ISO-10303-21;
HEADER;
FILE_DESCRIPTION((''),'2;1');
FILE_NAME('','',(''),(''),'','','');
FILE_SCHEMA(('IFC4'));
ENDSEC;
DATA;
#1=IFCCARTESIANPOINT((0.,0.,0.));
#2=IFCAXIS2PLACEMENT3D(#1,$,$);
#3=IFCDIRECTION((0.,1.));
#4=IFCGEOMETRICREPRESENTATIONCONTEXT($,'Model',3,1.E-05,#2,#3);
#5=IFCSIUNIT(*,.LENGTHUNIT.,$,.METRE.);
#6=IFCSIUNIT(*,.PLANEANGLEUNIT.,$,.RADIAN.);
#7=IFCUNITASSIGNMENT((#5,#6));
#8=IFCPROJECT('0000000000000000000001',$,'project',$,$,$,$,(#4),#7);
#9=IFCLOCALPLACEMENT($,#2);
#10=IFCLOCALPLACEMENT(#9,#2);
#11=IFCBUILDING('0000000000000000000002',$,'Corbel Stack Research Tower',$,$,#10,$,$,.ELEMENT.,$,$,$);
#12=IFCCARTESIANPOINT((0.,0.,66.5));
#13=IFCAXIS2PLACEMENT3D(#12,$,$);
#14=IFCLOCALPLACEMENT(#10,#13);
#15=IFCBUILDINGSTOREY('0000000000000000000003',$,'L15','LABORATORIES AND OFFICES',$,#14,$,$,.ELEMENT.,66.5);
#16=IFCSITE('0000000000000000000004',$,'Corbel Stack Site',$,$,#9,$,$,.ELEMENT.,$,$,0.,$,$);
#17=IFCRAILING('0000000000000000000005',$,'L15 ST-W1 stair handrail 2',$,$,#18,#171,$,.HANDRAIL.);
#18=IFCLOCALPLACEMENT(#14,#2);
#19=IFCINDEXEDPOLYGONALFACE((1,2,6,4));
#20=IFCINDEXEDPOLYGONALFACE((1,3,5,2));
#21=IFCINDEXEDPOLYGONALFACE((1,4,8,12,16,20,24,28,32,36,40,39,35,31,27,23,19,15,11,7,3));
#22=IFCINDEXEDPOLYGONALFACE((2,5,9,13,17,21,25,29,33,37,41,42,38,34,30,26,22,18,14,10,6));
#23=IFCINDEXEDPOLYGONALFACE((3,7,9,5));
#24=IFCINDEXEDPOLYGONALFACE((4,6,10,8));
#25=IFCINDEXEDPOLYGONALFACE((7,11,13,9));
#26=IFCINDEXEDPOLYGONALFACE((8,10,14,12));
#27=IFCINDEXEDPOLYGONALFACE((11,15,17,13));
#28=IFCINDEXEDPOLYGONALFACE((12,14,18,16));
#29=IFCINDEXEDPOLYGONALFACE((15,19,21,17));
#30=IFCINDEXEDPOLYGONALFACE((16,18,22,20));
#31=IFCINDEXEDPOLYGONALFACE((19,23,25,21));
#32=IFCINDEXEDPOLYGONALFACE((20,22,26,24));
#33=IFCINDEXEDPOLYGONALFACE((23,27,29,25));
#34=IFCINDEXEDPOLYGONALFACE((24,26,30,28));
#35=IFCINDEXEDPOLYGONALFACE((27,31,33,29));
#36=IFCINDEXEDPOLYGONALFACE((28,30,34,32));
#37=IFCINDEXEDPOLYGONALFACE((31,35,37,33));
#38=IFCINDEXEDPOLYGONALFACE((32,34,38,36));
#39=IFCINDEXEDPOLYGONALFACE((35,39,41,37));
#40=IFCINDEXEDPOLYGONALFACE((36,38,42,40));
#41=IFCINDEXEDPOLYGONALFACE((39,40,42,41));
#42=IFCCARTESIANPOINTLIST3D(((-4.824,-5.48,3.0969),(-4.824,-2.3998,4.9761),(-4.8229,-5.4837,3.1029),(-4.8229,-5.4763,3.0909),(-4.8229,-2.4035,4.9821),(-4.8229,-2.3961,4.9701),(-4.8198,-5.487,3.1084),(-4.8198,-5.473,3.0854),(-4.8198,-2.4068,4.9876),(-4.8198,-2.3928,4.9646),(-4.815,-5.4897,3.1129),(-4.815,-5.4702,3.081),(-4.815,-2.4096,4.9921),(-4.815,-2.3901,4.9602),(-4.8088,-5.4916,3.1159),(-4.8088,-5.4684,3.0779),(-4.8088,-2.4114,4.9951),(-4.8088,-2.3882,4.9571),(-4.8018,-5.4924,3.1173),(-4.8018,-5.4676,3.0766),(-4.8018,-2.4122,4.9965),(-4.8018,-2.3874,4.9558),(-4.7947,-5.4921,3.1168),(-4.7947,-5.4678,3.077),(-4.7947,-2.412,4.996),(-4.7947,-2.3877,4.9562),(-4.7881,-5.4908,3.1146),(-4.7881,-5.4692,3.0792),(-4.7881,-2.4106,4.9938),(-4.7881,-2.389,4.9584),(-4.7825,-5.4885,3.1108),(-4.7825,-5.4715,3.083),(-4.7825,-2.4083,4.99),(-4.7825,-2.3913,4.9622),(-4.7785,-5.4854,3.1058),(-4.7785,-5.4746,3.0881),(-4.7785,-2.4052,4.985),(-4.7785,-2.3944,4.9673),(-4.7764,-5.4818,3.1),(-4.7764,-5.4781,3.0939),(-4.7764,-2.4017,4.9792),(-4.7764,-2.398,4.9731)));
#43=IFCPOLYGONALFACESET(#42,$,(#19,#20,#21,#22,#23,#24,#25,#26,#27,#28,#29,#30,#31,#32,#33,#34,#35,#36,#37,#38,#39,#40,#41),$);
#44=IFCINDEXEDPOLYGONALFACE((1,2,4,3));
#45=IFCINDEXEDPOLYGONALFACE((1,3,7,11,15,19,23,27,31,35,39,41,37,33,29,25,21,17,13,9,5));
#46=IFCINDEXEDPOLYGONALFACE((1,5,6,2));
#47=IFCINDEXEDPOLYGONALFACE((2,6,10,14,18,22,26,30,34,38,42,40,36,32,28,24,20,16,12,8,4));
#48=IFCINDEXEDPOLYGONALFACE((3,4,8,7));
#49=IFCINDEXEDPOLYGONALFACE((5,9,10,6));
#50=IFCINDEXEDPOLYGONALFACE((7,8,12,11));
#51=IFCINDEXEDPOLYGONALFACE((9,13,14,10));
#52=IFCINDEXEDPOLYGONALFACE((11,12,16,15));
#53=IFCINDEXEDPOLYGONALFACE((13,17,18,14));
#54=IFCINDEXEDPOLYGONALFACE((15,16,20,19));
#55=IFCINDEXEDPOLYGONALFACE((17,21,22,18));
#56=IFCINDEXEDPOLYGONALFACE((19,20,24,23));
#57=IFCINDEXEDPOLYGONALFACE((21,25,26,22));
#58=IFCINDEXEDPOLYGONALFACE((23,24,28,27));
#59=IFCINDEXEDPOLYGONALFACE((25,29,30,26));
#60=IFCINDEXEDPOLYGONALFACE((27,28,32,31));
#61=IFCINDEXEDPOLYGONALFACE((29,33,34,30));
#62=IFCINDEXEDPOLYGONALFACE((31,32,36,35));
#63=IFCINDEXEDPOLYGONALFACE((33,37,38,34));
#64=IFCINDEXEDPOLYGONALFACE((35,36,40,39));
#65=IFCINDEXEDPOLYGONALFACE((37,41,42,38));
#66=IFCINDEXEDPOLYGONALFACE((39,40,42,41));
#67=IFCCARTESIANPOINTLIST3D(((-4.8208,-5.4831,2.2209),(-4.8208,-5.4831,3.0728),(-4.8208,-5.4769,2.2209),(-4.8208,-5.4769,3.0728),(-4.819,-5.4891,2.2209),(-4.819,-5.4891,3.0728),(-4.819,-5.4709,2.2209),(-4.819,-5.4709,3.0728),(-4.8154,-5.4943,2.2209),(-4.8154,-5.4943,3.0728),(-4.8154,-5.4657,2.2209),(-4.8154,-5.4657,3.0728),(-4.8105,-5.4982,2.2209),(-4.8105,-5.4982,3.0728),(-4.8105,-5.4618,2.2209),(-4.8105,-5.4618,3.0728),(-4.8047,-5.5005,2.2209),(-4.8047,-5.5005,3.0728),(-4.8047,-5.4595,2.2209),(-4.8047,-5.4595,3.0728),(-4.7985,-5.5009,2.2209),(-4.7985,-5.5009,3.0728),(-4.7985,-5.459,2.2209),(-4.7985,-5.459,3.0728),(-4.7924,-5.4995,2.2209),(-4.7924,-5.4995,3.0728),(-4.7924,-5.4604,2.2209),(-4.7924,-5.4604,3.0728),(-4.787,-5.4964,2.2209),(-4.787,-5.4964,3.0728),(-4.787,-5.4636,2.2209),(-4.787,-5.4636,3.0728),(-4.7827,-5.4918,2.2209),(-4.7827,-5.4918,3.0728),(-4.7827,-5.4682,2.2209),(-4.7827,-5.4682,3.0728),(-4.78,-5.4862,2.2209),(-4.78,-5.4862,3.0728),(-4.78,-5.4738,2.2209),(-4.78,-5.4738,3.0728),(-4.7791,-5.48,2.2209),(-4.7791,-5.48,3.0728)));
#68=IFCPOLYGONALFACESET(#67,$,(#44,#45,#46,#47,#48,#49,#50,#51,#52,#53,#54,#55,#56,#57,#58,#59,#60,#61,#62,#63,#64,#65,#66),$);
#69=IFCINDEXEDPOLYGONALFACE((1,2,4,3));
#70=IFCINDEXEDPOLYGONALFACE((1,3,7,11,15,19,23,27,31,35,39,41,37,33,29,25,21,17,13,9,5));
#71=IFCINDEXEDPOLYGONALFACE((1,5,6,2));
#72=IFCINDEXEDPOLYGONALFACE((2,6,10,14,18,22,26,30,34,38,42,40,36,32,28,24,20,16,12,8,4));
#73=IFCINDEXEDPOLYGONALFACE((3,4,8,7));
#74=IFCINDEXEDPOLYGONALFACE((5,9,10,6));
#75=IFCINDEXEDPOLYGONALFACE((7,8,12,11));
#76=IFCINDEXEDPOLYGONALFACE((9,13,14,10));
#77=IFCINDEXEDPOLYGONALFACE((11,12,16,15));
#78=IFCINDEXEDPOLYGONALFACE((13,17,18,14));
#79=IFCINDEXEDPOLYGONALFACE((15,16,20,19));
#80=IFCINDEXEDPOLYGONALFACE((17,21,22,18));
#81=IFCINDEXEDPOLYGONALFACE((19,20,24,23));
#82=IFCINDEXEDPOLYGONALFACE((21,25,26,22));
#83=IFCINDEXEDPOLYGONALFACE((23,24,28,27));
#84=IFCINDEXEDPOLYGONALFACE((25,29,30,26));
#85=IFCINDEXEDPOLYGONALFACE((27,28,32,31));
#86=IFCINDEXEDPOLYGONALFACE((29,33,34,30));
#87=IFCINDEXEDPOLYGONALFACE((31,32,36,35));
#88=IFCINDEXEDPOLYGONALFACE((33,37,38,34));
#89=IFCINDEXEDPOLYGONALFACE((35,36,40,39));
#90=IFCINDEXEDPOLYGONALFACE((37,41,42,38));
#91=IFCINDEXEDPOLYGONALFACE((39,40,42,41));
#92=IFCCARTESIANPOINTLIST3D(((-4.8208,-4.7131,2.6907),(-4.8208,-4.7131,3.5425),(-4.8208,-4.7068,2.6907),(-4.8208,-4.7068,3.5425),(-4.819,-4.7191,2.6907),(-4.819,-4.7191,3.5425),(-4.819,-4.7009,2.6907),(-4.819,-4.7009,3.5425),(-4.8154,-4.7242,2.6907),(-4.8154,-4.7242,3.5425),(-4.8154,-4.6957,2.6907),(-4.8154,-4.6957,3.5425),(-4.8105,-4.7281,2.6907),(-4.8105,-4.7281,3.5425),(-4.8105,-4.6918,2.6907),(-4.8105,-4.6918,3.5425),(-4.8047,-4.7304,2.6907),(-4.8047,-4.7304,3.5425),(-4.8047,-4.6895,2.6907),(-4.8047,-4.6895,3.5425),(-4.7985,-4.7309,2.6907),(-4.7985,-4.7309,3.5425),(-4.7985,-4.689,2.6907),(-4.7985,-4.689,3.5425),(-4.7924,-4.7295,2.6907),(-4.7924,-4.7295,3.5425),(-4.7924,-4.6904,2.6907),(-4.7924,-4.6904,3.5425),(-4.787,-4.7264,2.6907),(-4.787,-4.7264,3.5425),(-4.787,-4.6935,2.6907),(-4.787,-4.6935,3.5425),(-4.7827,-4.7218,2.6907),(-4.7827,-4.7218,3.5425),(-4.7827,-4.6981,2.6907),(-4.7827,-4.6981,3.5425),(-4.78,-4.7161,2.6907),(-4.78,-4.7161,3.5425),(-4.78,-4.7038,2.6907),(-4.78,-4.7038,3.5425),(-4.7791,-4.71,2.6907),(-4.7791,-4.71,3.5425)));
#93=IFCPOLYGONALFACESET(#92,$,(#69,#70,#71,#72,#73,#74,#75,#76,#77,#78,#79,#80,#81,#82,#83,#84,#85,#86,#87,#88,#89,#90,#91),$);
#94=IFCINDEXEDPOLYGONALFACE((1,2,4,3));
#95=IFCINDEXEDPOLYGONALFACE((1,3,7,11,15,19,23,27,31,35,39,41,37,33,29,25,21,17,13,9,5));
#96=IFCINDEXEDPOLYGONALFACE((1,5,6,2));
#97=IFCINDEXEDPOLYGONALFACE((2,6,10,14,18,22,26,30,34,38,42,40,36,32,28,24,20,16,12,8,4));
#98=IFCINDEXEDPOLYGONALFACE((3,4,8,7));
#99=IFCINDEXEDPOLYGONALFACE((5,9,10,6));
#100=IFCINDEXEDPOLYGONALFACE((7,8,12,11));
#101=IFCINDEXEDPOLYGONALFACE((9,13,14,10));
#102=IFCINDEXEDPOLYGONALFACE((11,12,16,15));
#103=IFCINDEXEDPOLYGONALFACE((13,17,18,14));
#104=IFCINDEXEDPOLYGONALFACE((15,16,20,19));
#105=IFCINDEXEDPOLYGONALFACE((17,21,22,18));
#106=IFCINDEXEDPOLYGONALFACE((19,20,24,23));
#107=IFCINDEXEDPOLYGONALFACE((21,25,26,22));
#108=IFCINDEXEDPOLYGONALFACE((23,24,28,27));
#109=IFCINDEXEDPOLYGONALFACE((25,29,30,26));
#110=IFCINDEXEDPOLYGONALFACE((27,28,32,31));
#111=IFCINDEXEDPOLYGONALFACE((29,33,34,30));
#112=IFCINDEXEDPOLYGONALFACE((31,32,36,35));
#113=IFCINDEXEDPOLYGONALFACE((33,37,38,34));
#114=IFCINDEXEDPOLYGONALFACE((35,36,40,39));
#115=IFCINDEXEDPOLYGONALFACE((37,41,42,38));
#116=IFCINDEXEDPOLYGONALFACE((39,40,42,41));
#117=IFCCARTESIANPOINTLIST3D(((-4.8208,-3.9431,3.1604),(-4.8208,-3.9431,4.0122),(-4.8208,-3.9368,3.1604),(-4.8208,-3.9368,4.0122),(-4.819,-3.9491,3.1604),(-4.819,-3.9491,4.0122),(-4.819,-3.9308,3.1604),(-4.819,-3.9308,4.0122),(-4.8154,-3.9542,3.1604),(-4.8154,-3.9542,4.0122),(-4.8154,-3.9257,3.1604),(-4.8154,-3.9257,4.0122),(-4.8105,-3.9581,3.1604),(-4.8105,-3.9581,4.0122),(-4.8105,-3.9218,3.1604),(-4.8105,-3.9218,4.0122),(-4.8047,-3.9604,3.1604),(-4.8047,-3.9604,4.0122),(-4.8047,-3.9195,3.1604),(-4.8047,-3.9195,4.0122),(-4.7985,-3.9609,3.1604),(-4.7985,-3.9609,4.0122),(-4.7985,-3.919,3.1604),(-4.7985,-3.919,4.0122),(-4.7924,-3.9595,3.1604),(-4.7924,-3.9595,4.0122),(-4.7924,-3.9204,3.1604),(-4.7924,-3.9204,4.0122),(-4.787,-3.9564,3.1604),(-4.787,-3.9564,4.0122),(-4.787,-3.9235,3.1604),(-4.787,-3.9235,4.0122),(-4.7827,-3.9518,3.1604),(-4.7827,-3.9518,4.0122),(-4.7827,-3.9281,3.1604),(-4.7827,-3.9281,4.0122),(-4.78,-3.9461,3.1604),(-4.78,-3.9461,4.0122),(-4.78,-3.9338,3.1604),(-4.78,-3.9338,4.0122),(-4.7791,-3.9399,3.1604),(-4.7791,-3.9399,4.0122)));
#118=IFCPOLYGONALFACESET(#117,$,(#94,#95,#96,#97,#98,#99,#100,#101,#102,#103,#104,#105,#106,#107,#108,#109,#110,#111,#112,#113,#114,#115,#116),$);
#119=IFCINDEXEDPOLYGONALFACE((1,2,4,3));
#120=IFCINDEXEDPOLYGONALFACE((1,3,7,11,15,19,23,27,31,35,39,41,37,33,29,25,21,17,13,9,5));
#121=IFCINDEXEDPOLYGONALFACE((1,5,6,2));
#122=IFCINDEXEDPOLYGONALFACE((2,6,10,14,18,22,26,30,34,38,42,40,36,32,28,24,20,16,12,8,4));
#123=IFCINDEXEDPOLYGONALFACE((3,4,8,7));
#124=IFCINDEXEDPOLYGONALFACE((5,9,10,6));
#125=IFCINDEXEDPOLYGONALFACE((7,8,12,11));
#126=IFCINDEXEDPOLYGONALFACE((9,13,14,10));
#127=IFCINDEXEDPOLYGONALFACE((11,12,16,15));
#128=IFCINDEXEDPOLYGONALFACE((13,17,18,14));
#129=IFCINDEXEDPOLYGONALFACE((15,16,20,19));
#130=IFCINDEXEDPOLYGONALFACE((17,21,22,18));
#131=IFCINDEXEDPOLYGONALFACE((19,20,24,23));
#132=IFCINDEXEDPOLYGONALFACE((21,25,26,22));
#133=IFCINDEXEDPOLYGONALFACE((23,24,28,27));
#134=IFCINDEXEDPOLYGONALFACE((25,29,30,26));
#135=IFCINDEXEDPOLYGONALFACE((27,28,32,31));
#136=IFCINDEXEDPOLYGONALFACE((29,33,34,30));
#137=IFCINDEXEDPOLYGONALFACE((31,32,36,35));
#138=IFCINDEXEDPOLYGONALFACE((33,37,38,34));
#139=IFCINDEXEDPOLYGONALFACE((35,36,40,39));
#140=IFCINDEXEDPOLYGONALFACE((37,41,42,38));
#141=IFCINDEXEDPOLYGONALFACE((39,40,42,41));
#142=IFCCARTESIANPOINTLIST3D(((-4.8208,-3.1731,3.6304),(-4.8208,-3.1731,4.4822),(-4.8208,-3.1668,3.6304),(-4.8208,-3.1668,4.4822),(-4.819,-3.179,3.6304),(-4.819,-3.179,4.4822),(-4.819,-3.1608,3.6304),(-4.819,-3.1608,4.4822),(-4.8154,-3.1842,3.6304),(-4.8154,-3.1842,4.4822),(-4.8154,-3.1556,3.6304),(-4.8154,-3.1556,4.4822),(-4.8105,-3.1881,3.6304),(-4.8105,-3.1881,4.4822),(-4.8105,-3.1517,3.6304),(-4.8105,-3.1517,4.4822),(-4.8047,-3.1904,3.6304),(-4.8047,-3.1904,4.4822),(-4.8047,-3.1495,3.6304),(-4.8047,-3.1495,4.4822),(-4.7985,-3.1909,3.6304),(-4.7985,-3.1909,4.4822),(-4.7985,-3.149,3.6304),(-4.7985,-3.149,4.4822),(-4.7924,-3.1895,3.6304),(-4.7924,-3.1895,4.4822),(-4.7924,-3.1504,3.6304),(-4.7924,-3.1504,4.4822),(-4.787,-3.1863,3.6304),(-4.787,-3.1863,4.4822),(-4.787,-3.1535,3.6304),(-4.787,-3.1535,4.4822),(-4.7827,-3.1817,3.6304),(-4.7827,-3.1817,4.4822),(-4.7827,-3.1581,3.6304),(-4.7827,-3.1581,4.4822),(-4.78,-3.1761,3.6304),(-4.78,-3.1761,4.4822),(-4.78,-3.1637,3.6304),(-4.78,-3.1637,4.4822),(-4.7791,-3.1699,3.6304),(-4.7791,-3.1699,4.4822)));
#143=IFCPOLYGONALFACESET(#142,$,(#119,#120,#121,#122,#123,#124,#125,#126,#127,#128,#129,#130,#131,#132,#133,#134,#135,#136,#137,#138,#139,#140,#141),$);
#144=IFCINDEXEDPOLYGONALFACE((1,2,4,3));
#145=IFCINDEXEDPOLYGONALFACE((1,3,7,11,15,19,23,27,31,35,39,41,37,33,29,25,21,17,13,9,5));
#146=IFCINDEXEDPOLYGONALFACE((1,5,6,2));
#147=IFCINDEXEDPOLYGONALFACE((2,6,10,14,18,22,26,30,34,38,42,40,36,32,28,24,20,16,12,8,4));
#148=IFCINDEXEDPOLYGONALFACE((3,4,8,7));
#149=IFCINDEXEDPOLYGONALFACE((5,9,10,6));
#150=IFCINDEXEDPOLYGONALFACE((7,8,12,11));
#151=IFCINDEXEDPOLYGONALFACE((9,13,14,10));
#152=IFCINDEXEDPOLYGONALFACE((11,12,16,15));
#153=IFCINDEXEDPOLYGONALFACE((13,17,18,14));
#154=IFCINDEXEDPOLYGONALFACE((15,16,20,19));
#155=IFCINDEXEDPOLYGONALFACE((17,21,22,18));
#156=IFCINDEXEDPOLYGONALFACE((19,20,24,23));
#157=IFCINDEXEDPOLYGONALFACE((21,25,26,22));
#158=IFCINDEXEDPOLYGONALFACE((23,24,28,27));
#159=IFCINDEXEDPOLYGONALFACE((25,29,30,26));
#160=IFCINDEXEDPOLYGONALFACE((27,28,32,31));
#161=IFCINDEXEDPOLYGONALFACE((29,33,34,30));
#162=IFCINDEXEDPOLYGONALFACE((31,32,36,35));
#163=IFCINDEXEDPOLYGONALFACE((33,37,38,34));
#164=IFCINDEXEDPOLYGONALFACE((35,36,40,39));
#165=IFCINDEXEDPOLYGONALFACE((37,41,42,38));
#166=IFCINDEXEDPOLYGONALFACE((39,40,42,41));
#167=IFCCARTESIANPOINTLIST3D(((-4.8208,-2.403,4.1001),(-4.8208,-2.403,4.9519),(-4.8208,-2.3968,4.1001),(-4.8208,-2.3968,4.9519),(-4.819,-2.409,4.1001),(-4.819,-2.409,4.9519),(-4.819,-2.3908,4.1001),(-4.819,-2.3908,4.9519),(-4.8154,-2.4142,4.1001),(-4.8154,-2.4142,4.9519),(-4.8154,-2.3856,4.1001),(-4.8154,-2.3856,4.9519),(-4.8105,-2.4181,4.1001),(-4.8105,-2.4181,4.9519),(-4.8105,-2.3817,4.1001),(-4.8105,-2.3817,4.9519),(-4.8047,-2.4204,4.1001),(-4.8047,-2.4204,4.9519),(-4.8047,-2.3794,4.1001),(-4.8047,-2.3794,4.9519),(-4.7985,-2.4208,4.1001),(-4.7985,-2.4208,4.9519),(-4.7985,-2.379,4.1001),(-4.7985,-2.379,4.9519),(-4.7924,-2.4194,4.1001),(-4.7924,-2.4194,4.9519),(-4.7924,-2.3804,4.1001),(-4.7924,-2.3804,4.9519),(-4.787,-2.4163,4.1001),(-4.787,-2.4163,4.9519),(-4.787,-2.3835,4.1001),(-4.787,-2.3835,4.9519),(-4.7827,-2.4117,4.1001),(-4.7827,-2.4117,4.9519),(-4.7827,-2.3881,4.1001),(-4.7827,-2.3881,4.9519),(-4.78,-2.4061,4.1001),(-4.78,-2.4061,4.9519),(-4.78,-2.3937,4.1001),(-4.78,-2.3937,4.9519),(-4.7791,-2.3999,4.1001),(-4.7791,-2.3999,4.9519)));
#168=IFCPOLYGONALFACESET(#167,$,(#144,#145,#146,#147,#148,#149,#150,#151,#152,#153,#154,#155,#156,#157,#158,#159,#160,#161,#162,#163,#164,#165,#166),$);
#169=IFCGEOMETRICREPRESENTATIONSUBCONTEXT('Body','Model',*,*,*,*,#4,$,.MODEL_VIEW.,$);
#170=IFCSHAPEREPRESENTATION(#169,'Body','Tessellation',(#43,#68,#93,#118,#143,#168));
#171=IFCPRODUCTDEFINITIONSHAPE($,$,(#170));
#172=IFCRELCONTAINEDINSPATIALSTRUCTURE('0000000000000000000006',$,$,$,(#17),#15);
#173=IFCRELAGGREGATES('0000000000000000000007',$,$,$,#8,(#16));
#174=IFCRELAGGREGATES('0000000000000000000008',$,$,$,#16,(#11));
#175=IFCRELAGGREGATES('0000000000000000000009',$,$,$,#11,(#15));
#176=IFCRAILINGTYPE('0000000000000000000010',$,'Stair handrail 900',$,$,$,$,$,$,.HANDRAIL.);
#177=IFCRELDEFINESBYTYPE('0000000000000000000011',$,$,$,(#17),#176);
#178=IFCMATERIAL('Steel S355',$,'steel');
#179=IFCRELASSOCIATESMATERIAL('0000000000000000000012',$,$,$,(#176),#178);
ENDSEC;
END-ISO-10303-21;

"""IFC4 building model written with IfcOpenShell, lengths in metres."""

from ifc_helpers import new_model, si_unit, direction, frame, origin, origin_2d, place, context, subcontext, project, spatial, circle, extrude, material, type_object, element, save


model = new_model("IFC4")

# Units and contexts
model_context = context("Model", 3, precision=1e-05, world=origin(), true_north=direction((0.0, 1.0)))
body_context = subcontext(model_context, "Body", "Model", "MODEL_VIEW")
ifc_project = project(units=[si_unit("LENGTHUNIT", "METRE"), si_unit("PLANEANGLEUNIT", "RADIAN")], contexts=[model_context])

# Site, building, storey
site_placement = place(None, origin())
site = spatial("IfcSite", under=ifc_project, at=site_placement, Name="Corbel Stack Site", CompositionType="ELEMENT", RefElevation=0.0)
building_placement = place(site_placement, origin())
building = spatial("IfcBuilding", under=site, at=building_placement, Name="Corbel Stack Research Tower", CompositionType="ELEMENT")
storey_placement = place(building_placement, frame((0.0, 0.0, 66.5)))
storey = spatial("IfcBuildingStorey", under=building, at=storey_placement, Name="L15", Description="LABORATORIES AND OFFICES", CompositionType="ELEMENT", Elevation=66.5)

# Railing
ifc_material_1 = material(Name="Steel S355", Category="steel")
railing_type_1 = type_object("IfcRailingType", Name="Stair handrail 900", PredefinedType="HANDRAIL", material=ifc_material_1)
railing_1_placement = place(storey_placement, frame((-4.8, -5.48, 2.2209)))
element("IfcRailing", 1, at=railing_1_placement, inside=storey, type_object=railing_type_1, Name="L15 ST-W1 stair handrail 2", PredefinedType="HANDRAIL", context=body_context, shape_type="SweptSolid", body=[
    extrude(circle(Radius=0.0239, at=origin_2d()), frame((0.0, 0.0, 0.876), z_axis=(0.0, 0.853666, 0.52082), x_axis=(-1.0, 0.0, 0.0)), (0.0, 0.0, 1.0), 3.6082),
    extrude(circle(Radius=0.021, at=origin_2d()), origin(), (0.0, 0.0, 1.0), 0.8518),
    extrude(circle(Radius=0.021, at=origin_2d()), frame((0.0, 0.77, 0.4697)), (0.0, 0.0, 1.0), 0.8518),
    extrude(circle(Radius=0.021, at=origin_2d()), frame((0.0, 1.54, 0.9395)), (0.0, 0.0, 1.0), 0.8518),
    extrude(circle(Radius=0.021, at=origin_2d()), frame((0.0, 2.3101, 1.4094)), (0.0, 0.0, 1.0), 0.8518),
    extrude(circle(Radius=0.021, at=origin_2d()), frame((0.0, 3.0801, 1.8792)), (0.0, 0.0, 1.0), 0.8518),
])

save(model, "model.ifc")
